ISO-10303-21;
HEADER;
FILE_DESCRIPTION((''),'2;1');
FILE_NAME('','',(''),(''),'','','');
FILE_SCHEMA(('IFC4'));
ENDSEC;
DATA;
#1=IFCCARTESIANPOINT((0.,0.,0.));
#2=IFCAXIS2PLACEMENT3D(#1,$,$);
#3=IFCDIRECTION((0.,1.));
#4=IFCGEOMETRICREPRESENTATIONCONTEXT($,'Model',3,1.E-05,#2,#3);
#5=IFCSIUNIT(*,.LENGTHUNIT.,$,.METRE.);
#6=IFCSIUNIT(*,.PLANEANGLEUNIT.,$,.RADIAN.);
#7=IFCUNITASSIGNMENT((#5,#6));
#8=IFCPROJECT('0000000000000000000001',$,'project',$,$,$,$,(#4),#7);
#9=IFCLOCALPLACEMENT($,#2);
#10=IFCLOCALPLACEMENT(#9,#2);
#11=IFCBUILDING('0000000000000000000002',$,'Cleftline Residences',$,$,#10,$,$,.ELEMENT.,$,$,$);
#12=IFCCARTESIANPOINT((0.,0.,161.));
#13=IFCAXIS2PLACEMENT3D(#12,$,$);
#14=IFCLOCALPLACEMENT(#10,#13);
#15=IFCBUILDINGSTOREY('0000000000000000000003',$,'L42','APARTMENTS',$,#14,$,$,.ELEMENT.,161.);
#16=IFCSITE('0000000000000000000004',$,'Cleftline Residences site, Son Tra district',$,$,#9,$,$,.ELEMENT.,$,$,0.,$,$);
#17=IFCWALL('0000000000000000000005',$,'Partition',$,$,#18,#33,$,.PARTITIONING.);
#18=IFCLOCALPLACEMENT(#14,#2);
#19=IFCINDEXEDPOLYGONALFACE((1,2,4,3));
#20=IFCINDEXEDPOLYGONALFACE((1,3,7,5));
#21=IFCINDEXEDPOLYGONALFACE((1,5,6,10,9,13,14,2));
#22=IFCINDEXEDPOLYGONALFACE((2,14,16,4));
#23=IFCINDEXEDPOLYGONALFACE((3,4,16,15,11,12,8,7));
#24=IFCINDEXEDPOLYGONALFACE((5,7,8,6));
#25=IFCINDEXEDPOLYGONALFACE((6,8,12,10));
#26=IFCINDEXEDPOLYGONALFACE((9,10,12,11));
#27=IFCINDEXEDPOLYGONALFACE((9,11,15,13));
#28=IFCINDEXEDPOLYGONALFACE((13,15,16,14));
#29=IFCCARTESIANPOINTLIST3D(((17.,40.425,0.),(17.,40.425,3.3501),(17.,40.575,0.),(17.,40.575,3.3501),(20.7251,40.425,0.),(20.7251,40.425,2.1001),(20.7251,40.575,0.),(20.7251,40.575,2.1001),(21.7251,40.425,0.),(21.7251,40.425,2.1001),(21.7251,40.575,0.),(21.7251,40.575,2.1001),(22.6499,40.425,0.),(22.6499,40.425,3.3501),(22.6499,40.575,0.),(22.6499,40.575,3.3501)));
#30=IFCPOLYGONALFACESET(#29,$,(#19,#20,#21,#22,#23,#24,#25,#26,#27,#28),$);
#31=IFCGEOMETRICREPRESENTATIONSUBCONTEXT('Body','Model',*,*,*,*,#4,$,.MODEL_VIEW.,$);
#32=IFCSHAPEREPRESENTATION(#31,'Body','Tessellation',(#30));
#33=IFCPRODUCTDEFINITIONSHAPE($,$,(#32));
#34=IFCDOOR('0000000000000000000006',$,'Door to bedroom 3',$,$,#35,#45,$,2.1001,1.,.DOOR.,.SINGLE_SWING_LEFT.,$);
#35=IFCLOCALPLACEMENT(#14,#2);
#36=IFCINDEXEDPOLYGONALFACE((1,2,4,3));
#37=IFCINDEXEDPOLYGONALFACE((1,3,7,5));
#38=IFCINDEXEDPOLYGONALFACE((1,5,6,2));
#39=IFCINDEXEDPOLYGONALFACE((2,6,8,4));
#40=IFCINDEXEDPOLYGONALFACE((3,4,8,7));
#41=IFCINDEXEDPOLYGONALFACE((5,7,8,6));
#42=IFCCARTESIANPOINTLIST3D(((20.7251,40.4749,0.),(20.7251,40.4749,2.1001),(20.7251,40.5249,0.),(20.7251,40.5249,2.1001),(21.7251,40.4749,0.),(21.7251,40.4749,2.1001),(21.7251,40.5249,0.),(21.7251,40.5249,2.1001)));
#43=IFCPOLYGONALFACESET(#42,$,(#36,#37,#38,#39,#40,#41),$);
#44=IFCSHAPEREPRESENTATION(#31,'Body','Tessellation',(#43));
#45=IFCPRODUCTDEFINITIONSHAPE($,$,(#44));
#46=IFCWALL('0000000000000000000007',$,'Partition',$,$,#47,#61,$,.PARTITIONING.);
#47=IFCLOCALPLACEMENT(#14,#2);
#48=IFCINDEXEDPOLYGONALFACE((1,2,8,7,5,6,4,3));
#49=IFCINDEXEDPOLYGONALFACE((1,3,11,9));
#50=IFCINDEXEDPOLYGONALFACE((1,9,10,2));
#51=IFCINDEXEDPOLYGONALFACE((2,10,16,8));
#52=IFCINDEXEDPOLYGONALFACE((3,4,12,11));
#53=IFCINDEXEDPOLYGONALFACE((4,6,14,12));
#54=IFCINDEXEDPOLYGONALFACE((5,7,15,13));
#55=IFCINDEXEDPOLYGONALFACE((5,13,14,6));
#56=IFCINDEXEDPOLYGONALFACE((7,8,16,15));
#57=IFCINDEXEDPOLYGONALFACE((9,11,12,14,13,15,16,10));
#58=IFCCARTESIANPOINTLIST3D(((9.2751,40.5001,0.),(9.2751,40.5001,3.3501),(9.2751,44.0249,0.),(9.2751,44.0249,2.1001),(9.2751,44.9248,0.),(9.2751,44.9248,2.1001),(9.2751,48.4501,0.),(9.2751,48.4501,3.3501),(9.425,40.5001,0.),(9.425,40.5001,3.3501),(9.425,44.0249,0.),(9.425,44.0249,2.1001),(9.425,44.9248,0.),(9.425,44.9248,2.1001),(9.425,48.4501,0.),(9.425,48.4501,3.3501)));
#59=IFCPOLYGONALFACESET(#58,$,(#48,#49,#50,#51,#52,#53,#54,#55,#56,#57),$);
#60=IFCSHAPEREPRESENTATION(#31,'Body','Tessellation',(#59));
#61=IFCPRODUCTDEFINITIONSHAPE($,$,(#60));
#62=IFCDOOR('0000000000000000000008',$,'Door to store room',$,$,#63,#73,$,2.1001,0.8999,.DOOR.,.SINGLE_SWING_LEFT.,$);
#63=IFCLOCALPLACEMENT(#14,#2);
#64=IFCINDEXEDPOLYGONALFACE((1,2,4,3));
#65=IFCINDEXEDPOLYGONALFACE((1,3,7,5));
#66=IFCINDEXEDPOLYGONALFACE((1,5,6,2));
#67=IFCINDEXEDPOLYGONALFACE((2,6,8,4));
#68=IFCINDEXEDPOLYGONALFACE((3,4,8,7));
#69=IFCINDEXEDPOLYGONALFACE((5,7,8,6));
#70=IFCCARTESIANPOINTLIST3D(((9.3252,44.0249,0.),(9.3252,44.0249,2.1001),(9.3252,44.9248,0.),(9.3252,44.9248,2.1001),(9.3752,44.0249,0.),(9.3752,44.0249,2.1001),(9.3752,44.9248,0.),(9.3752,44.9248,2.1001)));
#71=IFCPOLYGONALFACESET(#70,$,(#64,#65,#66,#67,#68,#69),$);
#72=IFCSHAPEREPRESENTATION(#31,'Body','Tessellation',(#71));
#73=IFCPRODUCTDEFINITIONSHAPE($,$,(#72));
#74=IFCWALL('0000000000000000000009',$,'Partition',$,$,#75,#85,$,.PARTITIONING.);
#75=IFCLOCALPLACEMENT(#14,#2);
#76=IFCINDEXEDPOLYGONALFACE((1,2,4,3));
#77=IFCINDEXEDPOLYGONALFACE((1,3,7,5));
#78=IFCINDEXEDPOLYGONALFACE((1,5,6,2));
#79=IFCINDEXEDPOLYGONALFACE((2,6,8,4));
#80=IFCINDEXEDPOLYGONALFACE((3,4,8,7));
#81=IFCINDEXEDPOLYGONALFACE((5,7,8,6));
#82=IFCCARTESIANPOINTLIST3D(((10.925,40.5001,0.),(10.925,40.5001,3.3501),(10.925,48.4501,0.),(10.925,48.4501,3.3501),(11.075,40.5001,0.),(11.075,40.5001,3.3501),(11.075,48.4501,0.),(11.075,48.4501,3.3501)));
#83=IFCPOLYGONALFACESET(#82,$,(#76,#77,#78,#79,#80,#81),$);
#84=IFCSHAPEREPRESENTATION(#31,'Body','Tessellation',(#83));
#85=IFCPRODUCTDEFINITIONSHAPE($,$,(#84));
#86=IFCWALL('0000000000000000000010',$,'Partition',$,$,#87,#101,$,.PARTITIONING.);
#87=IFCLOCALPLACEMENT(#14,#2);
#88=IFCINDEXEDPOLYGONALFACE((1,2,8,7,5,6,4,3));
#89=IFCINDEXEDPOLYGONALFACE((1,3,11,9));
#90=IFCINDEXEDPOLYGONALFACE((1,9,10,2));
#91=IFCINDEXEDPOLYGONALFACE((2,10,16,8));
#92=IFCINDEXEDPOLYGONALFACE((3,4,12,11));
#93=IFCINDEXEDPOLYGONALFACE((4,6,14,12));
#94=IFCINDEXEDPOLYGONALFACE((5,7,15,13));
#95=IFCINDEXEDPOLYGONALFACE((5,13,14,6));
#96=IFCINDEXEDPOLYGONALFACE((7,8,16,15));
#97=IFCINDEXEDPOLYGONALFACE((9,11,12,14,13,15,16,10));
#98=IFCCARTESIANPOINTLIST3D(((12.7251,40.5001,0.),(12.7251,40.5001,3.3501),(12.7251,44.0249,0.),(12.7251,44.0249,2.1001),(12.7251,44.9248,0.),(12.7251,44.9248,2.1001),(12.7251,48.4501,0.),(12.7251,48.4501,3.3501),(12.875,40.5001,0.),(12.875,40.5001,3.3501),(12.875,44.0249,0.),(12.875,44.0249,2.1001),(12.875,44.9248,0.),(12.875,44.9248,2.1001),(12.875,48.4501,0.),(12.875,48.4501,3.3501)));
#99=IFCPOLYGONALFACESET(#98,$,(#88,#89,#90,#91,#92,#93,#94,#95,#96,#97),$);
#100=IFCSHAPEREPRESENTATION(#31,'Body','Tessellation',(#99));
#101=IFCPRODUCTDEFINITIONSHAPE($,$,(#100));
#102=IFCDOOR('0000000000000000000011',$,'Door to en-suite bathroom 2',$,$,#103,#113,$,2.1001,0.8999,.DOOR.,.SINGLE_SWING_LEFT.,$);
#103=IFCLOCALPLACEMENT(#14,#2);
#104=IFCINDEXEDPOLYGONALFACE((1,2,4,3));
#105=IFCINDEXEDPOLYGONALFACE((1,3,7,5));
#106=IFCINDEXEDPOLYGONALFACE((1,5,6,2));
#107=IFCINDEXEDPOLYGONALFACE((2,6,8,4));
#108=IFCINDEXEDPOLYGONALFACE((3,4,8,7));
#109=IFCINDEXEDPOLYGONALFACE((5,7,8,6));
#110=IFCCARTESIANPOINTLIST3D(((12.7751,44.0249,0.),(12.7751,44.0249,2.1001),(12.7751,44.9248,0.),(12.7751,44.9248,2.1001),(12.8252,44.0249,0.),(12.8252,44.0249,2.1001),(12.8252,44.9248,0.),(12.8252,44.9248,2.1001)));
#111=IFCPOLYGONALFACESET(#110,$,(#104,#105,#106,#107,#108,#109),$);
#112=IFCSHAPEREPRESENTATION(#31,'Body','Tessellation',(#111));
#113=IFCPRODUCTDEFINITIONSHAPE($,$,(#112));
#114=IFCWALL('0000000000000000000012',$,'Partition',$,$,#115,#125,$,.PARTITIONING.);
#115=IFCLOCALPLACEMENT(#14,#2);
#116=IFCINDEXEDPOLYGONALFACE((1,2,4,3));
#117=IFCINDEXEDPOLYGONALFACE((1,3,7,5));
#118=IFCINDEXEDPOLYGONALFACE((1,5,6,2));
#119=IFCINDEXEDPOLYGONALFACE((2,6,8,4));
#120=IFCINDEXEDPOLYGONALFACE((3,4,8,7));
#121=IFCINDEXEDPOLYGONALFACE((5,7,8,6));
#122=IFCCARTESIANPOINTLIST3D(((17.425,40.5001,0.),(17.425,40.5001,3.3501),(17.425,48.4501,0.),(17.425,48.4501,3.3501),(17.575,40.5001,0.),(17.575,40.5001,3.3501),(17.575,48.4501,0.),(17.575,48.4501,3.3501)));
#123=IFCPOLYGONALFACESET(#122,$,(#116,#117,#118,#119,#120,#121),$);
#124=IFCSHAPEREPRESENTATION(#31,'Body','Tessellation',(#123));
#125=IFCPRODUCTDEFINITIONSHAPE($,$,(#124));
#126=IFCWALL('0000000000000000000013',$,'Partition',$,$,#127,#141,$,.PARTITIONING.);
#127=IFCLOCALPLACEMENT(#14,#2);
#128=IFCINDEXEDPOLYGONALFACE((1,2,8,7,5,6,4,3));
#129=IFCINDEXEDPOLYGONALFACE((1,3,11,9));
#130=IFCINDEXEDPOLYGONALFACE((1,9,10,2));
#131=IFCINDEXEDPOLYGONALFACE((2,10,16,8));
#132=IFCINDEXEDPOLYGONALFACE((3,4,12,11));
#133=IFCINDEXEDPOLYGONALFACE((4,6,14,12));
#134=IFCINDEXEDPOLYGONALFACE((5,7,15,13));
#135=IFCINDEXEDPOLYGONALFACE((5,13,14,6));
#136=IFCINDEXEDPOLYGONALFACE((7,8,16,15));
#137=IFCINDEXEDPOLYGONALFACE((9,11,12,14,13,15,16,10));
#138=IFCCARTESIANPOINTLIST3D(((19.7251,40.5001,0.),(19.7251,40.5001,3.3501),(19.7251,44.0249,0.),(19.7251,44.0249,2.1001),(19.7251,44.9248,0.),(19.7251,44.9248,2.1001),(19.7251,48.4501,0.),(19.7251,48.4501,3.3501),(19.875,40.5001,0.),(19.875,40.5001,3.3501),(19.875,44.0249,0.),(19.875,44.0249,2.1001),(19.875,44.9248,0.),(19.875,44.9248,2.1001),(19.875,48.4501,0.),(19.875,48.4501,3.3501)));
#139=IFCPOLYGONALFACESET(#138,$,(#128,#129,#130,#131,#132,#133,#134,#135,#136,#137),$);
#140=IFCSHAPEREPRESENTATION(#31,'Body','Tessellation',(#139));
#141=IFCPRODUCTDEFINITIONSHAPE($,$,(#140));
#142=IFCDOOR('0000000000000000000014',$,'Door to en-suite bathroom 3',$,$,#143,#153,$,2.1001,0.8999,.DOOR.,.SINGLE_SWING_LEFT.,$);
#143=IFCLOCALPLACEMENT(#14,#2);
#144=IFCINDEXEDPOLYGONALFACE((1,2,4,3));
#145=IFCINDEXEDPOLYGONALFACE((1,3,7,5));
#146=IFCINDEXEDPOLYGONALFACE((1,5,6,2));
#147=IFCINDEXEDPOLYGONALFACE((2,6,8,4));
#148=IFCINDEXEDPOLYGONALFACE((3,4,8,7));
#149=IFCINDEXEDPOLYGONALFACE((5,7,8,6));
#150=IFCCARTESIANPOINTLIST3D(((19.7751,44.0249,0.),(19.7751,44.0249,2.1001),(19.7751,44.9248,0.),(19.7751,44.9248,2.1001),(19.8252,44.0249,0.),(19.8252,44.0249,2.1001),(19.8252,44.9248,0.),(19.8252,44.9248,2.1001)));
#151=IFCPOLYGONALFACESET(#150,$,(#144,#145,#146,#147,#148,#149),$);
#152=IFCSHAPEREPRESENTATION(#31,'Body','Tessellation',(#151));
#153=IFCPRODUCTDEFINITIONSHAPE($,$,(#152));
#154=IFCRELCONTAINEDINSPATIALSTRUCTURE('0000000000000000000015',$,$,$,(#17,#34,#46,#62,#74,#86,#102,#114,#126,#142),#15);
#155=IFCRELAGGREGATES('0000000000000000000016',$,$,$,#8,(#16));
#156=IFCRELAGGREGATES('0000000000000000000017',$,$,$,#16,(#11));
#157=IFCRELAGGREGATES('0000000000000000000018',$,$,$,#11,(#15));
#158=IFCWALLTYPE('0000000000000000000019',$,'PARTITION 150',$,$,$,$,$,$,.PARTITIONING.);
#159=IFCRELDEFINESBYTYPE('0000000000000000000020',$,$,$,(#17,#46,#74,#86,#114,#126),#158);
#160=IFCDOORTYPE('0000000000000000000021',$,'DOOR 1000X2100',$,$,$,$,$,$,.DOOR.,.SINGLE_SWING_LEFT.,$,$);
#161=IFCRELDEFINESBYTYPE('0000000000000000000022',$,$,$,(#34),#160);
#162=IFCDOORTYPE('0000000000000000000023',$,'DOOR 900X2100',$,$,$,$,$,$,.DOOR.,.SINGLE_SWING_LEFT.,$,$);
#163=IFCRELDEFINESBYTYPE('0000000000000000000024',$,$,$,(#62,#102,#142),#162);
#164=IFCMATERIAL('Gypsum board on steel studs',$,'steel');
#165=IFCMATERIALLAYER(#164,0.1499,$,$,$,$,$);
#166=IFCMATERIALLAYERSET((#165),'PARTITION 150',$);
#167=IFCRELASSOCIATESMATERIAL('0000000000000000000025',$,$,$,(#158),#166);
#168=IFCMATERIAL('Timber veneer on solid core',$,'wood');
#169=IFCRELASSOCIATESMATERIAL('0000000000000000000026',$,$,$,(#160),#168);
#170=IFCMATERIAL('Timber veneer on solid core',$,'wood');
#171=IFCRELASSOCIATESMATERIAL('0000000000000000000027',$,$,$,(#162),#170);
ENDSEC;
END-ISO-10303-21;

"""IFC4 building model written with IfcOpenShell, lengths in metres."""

from ifc_helpers import new_model, si_unit, direction, frame, frame_2d, origin, place, context, subcontext, project, spatial, rectangle, extrude, material, layer, layer_set, type_object, element, fill, save


model = new_model("IFC4")

# Units and contexts
model_context = context("Model", 3, precision=1e-05, world=origin(), true_north=direction((0.0, 1.0)))
body_context = subcontext(model_context, "Body", "Model", "MODEL_VIEW")
ifc_project = project(units=[si_unit("LENGTHUNIT", "METRE"), si_unit("PLANEANGLEUNIT", "RADIAN")], contexts=[model_context])

# Site, building, storey
site_placement = place(None, origin())
site = spatial("IfcSite", under=ifc_project, at=site_placement, Name="Cleftline Residences site, Son Tra district", CompositionType="ELEMENT", RefElevation=0.0)
building_placement = place(site_placement, origin())
building = spatial("IfcBuilding", under=site, at=building_placement, Name="Cleftline Residences", CompositionType="ELEMENT")
storey_placement = place(building_placement, frame((0.0, 0.0, 161.0)))
storey = spatial("IfcBuildingStorey", under=building, at=storey_placement, Name="L42", Description="APARTMENTS", CompositionType="ELEMENT", Elevation=161.0)

# Walls, openings, doors
ifc_material_1 = material(Name="Gypsum board on steel studs", Category="steel")
ifc_layer = layer(ifc_material_1, 0.1499)
ifc_layer_set = layer_set([ifc_layer], Name="PARTITION 150")
wall_type = type_object("IfcWallType", Name="PARTITION 150", PredefinedType="PARTITIONING", material=ifc_layer_set)
ifc_material_2 = material(Name="Timber veneer on solid core", Category="wood")
door_type_1 = type_object("IfcDoorType", Name="DOOR 1000X2100", OperationType="SINGLE_SWING_LEFT", PredefinedType="DOOR", material=ifc_material_2)
wall_1_placement = place(storey_placement, frame((17.0, 40.5, 0.0), z_axis=(0.0, 0.0, 1.0), x_axis=(1.0, 0.0, 0.0)))
wall_1 = element("IfcWall", 1, at=wall_1_placement, inside=storey, type_object=wall_type, Name="Partition", PredefinedType="PARTITIONING", context=body_context, shape_type="SweptSolid", body=[
    extrude(rectangle(XDim=5.6499, YDim=0.1499, at=frame_2d((2.825, 0.0))), origin(), (0.0, 0.0, 1.0), 3.3501),
])
opening_1_placement = place(wall_1_placement, frame((3.7251, 0.0, 0.0)))
opening_1 = element("IfcOpeningElement", 2, at=opening_1_placement, cuts=wall_1, PredefinedType="OPENING", context=body_context, shape_type="SweptSolid", body=[
    extrude(rectangle(XDim=1.0, YDim=2.1001, at=frame_2d((0.5, 1.05))), frame((0.0, 0.085, 0.0), z_axis=(0.0, -1.0, 0.0), x_axis=(1.0, 0.0, 0.0)), (0.0, 0.0, 1.0), 0.1699),
])
door_1_placement = place(opening_1_placement, origin())
door_1 = element("IfcDoor", 3, at=door_1_placement, inside=storey, type_object=door_type_1, Name="Door to bedroom 3", OperationType="SINGLE_SWING_LEFT", OverallHeight=2.1001, OverallWidth=1.0, PredefinedType="DOOR", context=body_context, shape_type="SweptSolid", body=[
    extrude(rectangle(XDim=1.0, YDim=2.1001, at=frame_2d((0.5, 1.05))), frame((0.0, 0.0249, 0.0), z_axis=(0.0, -1.0, 0.0), x_axis=(1.0, 0.0, 0.0)), (0.0, 0.0, 1.0), 0.05),
])
fill(opening_1, door_1)
wall_2_placement = place(storey_placement, frame((9.3501, 40.5, 0.0), z_axis=(0.0, 0.0, 1.0), x_axis=(0.0, 1.0, 0.0)))
wall_2 = element("IfcWall", 4, at=wall_2_placement, inside=storey, type_object=wall_type, Name="Partition", PredefinedType="PARTITIONING", context=body_context, shape_type="SweptSolid", body=[
    extrude(rectangle(XDim=7.95, YDim=0.1499, at=frame_2d((3.9751, 0.0))), origin(), (0.0, 0.0, 1.0), 3.3501),
])
opening_2_placement = place(wall_2_placement, frame((3.5249, 0.0, 0.0)))
opening_2 = element("IfcOpeningElement", 5, at=opening_2_placement, cuts=wall_2, PredefinedType="OPENING", context=body_context, shape_type="SweptSolid", body=[
    extrude(rectangle(XDim=0.8999, YDim=2.1001, at=frame_2d((0.45, 1.05))), frame((0.0, 0.085, 0.0), z_axis=(0.0, -1.0, 0.0), x_axis=(1.0, 0.0, 0.0)), (0.0, 0.0, 1.0), 0.1699),
])
ifc_material_3 = material(Name="Timber veneer on solid core", Category="wood")
door_type_2 = type_object("IfcDoorType", Name="DOOR 900X2100", OperationType="SINGLE_SWING_LEFT", PredefinedType="DOOR", material=ifc_material_3)
door_2_placement = place(opening_2_placement, origin())
door_2 = element("IfcDoor", 6, at=door_2_placement, inside=storey, type_object=door_type_2, Name="Door to store room", OperationType="SINGLE_SWING_LEFT", OverallHeight=2.1001, OverallWidth=0.8999, PredefinedType="DOOR", context=body_context, shape_type="SweptSolid", body=[
    extrude(rectangle(XDim=0.8999, YDim=2.1001, at=frame_2d((0.45, 1.05))), frame((0.0, 0.0249, 0.0), z_axis=(0.0, -1.0, 0.0), x_axis=(1.0, 0.0, 0.0)), (0.0, 0.0, 1.0), 0.05),
])
fill(opening_2, door_2)

# Wall
wall_3_placement = place(storey_placement, frame((11.0, 40.5, 0.0), z_axis=(0.0, 0.0, 1.0), x_axis=(0.0, 1.0, 0.0)))
element("IfcWall", 7, at=wall_3_placement, inside=storey, type_object=wall_type, Name="Partition", PredefinedType="PARTITIONING", context=body_context, shape_type="SweptSolid", body=[
    extrude(rectangle(XDim=7.95, YDim=0.1499, at=frame_2d((3.9751, 0.0))), origin(), (0.0, 0.0, 1.0), 3.3501),
])

# Wall, opening, door
wall_4_placement = place(storey_placement, frame((12.8, 40.5, 0.0), z_axis=(0.0, 0.0, 1.0), x_axis=(0.0, 1.0, 0.0)))
wall_4 = element("IfcWall", 8, at=wall_4_placement, inside=storey, type_object=wall_type, Name="Partition", PredefinedType="PARTITIONING", context=body_context, shape_type="SweptSolid", body=[
    extrude(rectangle(XDim=7.95, YDim=0.1499, at=frame_2d((3.9751, 0.0))), origin(), (0.0, 0.0, 1.0), 3.3501),
])
opening_3_placement = place(wall_4_placement, frame((3.5249, 0.0, 0.0)))
opening_3 = element("IfcOpeningElement", 9, at=opening_3_placement, cuts=wall_4, PredefinedType="OPENING", context=body_context, shape_type="SweptSolid", body=[
    extrude(rectangle(XDim=0.8999, YDim=2.1001, at=frame_2d((0.45, 1.05))), frame((0.0, 0.085, 0.0), z_axis=(0.0, -1.0, 0.0), x_axis=(1.0, 0.0, 0.0)), (0.0, 0.0, 1.0), 0.1699),
])
door_3_placement = place(opening_3_placement, origin())
door_3 = element("IfcDoor", 10, at=door_3_placement, inside=storey, type_object=door_type_2, Name="Door to en-suite bathroom 2", OperationType="SINGLE_SWING_LEFT", OverallHeight=2.1001, OverallWidth=0.8999, PredefinedType="DOOR", context=body_context, shape_type="SweptSolid", body=[
    extrude(rectangle(XDim=0.8999, YDim=2.1001, at=frame_2d((0.45, 1.05))), frame((0.0, 0.0249, 0.0), z_axis=(0.0, -1.0, 0.0), x_axis=(1.0, 0.0, 0.0)), (0.0, 0.0, 1.0), 0.05),
])
fill(opening_3, door_3)

# Wall
wall_5_placement = place(storey_placement, frame((17.5, 40.5, 0.0), z_axis=(0.0, 0.0, 1.0), x_axis=(0.0, 1.0, 0.0)))
element("IfcWall", 11, at=wall_5_placement, inside=storey, type_object=wall_type, Name="Partition", PredefinedType="PARTITIONING", context=body_context, shape_type="SweptSolid", body=[
    extrude(rectangle(XDim=7.95, YDim=0.1499, at=frame_2d((3.9751, 0.0))), origin(), (0.0, 0.0, 1.0), 3.3501),
])

# Wall, opening, door
wall_6_placement = place(storey_placement, frame((19.8, 40.5, 0.0), z_axis=(0.0, 0.0, 1.0), x_axis=(0.0, 1.0, 0.0)))
wall_6 = element("IfcWall", 12, at=wall_6_placement, inside=storey, type_object=wall_type, Name="Partition", PredefinedType="PARTITIONING", context=body_context, shape_type="SweptSolid", body=[
    extrude(rectangle(XDim=7.95, YDim=0.1499, at=frame_2d((3.9751, 0.0))), origin(), (0.0, 0.0, 1.0), 3.3501),
])
opening_4_placement = place(wall_6_placement, frame((3.5249, 0.0, 0.0)))
opening_4 = element("IfcOpeningElement", 13, at=opening_4_placement, cuts=wall_6, PredefinedType="OPENING", context=body_context, shape_type="SweptSolid", body=[
    extrude(rectangle(XDim=0.8999, YDim=2.1001, at=frame_2d((0.45, 1.05))), frame((0.0, 0.085, 0.0), z_axis=(0.0, -1.0, 0.0), x_axis=(1.0, 0.0, 0.0)), (0.0, 0.0, 1.0), 0.1699),
])
door_4_placement = place(opening_4_placement, origin())
door_4 = element("IfcDoor", 14, at=door_4_placement, inside=storey, type_object=door_type_2, Name="Door to en-suite bathroom 3", OperationType="SINGLE_SWING_LEFT", OverallHeight=2.1001, OverallWidth=0.8999, PredefinedType="DOOR", context=body_context, shape_type="SweptSolid", body=[
    extrude(rectangle(XDim=0.8999, YDim=2.1001, at=frame_2d((0.45, 1.05))), frame((0.0, 0.0249, 0.0), z_axis=(0.0, -1.0, 0.0), x_axis=(1.0, 0.0, 0.0)), (0.0, 0.0, 1.0), 0.05),
])
fill(opening_4, door_4)

save(model, "model.ifc")
